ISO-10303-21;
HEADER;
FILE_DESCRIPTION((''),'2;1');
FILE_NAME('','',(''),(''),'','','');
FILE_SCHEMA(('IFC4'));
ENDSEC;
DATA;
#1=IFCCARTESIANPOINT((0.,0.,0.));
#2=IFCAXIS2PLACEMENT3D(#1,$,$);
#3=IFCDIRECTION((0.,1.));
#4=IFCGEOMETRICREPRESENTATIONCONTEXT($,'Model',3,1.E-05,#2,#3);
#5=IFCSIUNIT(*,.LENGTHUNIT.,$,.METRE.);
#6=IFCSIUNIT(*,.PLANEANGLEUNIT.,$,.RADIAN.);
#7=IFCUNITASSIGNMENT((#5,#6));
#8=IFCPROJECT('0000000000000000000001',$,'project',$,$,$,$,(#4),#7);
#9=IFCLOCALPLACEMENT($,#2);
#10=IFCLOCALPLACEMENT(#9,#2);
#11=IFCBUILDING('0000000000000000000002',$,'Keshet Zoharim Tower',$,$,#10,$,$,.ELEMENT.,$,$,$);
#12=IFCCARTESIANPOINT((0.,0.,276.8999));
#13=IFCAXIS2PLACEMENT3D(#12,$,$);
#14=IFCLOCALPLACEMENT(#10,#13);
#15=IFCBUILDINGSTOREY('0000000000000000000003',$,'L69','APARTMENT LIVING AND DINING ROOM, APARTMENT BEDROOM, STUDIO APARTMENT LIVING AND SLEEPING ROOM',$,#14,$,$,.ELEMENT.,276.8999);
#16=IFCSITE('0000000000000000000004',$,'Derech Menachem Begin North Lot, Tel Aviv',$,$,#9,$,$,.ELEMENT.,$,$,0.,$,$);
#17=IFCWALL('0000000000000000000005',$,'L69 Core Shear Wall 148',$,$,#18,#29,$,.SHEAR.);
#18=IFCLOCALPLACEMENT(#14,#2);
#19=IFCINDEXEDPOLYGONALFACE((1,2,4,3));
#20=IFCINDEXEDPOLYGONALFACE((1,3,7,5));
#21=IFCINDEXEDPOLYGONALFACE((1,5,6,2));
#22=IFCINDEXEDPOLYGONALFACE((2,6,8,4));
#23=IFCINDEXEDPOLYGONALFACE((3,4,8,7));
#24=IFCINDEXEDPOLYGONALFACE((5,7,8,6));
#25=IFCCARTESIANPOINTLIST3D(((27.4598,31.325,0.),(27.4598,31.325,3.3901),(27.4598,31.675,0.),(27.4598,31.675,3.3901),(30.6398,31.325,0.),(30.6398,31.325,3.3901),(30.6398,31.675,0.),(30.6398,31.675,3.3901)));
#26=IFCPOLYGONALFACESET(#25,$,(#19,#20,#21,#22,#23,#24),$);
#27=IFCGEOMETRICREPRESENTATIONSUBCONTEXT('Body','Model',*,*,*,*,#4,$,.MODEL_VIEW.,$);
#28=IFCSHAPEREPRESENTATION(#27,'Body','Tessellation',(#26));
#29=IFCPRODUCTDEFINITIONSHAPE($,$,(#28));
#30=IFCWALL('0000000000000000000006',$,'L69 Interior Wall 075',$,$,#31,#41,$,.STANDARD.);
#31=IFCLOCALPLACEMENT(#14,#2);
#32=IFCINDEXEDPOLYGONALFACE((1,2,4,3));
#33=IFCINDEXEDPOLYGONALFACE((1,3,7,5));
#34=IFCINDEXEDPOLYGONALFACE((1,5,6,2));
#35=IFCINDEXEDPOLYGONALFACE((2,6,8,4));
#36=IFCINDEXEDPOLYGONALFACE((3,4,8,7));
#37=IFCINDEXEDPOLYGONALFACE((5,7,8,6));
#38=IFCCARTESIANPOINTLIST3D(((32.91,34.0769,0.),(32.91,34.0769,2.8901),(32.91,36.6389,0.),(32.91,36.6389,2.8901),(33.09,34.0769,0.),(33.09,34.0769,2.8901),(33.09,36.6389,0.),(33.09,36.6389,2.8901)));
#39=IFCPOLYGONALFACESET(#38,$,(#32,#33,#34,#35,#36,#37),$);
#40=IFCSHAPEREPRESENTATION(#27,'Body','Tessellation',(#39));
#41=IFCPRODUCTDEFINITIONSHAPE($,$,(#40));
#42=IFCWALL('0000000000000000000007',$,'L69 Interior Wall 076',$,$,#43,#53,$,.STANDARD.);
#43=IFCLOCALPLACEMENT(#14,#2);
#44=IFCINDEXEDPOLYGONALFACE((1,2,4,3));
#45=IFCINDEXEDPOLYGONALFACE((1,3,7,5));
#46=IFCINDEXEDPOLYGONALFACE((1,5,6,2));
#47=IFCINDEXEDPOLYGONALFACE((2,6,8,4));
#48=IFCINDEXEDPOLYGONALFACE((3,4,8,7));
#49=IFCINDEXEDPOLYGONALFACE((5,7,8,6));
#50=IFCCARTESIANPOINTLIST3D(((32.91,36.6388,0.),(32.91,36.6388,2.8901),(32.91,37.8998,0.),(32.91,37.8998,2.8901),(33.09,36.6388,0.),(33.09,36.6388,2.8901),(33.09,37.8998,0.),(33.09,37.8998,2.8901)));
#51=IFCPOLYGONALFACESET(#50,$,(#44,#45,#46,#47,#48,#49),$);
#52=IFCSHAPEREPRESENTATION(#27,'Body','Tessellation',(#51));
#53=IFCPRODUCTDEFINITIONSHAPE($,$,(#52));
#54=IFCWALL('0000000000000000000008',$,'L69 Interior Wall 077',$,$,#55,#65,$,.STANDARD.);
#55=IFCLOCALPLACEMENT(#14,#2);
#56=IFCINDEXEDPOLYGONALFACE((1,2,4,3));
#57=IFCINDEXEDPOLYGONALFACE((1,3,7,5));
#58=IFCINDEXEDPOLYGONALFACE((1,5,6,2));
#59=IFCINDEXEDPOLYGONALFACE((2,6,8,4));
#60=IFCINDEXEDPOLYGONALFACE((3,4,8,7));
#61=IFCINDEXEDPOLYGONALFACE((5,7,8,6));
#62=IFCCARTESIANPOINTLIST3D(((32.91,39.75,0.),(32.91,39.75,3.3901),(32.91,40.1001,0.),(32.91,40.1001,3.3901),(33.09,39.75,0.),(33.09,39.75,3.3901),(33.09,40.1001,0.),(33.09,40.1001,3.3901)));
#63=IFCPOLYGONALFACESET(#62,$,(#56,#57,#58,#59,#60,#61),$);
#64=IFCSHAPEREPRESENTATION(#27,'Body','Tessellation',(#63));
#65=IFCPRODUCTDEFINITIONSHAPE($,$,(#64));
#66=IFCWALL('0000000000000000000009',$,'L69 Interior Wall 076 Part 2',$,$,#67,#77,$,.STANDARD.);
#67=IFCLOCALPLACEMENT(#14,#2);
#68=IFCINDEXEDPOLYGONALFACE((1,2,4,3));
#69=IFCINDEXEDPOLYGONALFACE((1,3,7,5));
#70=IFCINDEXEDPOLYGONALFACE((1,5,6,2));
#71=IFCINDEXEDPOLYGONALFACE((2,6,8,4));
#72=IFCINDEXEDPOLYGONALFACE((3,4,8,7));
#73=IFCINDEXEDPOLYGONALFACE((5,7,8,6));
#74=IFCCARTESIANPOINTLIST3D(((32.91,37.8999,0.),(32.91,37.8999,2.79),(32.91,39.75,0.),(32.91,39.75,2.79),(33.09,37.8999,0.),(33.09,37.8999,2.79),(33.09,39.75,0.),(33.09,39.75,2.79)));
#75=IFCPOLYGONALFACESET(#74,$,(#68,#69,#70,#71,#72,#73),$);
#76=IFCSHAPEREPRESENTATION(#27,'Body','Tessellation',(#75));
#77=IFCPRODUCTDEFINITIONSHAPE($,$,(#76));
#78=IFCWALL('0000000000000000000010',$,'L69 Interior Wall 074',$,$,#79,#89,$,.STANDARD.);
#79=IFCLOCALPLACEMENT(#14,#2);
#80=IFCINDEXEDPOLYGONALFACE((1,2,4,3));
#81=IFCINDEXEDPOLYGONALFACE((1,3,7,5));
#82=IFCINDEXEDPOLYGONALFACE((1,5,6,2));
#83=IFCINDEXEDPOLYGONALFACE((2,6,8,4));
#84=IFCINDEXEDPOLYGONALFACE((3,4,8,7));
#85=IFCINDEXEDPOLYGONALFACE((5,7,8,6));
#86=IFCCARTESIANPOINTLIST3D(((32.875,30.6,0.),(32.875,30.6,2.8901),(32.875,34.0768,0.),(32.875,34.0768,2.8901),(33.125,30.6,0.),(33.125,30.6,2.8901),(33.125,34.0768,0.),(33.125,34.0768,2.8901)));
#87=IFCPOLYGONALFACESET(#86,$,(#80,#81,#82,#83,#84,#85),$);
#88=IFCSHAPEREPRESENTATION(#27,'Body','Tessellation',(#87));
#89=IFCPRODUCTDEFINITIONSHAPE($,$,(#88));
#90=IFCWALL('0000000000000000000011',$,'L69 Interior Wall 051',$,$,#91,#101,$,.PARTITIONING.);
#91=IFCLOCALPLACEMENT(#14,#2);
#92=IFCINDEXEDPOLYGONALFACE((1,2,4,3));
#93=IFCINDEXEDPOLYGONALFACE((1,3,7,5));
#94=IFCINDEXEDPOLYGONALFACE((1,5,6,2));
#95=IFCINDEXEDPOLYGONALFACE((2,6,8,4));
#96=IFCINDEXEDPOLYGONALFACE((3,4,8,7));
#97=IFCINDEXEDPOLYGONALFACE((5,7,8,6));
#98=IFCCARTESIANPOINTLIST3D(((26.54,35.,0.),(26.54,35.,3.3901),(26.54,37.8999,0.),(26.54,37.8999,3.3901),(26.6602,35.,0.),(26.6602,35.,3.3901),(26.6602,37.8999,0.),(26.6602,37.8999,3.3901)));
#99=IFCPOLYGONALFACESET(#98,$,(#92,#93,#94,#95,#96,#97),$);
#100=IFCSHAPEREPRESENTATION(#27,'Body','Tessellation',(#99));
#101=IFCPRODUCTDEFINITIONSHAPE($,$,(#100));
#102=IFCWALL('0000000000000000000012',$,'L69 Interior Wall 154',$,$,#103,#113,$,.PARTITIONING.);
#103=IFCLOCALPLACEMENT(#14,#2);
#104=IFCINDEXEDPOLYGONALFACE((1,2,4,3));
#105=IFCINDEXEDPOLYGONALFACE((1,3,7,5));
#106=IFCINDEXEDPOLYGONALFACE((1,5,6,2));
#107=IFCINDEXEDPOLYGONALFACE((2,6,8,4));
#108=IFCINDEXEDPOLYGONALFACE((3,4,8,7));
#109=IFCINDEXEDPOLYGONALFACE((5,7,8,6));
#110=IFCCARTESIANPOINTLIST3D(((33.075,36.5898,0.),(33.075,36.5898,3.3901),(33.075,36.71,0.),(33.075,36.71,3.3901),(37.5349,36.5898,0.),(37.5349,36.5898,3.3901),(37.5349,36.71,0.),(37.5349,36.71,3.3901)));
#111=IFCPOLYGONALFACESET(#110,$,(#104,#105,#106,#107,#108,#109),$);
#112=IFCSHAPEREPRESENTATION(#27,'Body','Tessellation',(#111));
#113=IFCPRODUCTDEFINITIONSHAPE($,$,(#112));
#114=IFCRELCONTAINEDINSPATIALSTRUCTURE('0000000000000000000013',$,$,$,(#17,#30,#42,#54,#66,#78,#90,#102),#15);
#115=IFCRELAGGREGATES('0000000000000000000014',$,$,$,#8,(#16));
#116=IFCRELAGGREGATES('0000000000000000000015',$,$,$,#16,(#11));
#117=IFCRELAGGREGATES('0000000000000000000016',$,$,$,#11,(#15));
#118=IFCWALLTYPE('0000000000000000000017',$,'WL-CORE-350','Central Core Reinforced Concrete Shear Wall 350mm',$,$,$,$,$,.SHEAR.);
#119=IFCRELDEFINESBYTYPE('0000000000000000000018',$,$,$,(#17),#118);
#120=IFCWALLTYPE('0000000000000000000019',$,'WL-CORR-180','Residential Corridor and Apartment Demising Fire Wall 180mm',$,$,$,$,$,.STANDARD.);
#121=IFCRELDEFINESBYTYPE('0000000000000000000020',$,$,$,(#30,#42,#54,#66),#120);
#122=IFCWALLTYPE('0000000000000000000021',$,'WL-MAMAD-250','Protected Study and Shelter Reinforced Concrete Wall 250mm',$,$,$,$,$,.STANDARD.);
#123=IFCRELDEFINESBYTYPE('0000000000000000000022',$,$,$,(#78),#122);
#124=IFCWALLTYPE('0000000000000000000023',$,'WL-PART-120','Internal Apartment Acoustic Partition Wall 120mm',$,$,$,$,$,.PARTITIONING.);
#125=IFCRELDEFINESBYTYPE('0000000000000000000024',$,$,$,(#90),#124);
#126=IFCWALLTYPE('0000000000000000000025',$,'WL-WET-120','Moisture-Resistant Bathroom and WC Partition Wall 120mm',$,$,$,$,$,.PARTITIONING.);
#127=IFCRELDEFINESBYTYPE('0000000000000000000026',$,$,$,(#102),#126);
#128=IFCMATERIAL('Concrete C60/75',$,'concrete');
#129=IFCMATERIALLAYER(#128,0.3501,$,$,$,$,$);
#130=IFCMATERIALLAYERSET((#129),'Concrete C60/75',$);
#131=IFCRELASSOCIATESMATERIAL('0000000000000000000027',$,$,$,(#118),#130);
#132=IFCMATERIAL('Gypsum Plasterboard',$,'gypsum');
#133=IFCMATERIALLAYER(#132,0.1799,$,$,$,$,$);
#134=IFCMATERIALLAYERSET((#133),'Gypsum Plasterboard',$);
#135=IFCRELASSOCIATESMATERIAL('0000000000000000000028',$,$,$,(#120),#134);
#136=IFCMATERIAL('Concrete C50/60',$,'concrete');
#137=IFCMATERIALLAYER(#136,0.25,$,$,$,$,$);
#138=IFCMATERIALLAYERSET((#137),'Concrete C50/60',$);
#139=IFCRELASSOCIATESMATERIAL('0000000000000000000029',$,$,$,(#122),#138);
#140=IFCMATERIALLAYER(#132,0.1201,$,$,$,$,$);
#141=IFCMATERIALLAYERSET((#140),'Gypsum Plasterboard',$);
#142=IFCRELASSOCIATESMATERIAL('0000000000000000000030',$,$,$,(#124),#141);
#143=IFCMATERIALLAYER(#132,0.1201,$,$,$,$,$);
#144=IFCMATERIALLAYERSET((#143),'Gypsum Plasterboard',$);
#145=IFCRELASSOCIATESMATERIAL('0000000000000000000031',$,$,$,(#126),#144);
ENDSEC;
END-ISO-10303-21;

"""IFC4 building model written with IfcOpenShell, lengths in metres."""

from ifc_helpers import new_model, si_unit, direction, frame, frame_2d, origin, place, context, subcontext, project, spatial, rectangle, extrude, material, layer, layer_set, type_object, element, save


model = new_model("IFC4")

# Units and contexts
model_context = context("Model", 3, precision=1e-05, world=origin(), true_north=direction((0.0, 1.0)))
body_context = subcontext(model_context, "Body", "Model", "MODEL_VIEW")
ifc_project = project(units=[si_unit("LENGTHUNIT", "METRE"), si_unit("PLANEANGLEUNIT", "RADIAN")], contexts=[model_context])

# Site, building, storey
site_placement = place(None, origin())
site = spatial("IfcSite", under=ifc_project, at=site_placement, Name="Derech Menachem Begin North Lot, Tel Aviv", CompositionType="ELEMENT", RefElevation=0.0)
building_placement = place(site_placement, origin())
building = spatial("IfcBuilding", under=site, at=building_placement, Name="Keshet Zoharim Tower", CompositionType="ELEMENT")
storey_placement = place(building_placement, frame((0.0, 0.0, 276.8999)))
storey = spatial("IfcBuildingStorey", under=building, at=storey_placement, Name="L69", Description="APARTMENT LIVING AND DINING ROOM, APARTMENT BEDROOM, STUDIO APARTMENT LIVING AND SLEEPING ROOM", CompositionType="ELEMENT", Elevation=276.8999)

# Shared definitions
ifc_material_1 = material(Name="Concrete C50/60", Category="concrete")

# Shared definitions
ifc_material_2 = material(Name="Gypsum Plasterboard", Category="gypsum")
ifc_material_3 = material(Name="Concrete C60/75", Category="concrete")
ifc_layer_1 = layer(ifc_material_3, 0.3501)
ifc_layer_set_1 = layer_set([ifc_layer_1], Name="Concrete C60/75")
wall_type_1 = type_object("IfcWallType", Name="WL-CORE-350", Description="Central Core Reinforced Concrete Shear Wall 350mm", PredefinedType="SHEAR", material=ifc_layer_set_1)

# Wall
wall_1_placement = place(storey_placement, frame((27.46, 31.5, 0.0), z_axis=(0.0, 0.0, 1.0), x_axis=(1.0, 0.0, 0.0)))
element("IfcWall", 1, at=wall_1_placement, inside=storey, type_object=wall_type_1, Name="L69 Core Shear Wall 148", PredefinedType="SHEAR", context=body_context, shape_type="SweptSolid", body=[
    extrude(rectangle(XDim=3.1799, YDim=0.3501, at=frame_2d((1.5898, 0.0))), origin(), (0.0, 0.0, 1.0), 3.3901),
])

# Walls
ifc_layer_2 = layer(ifc_material_2, 0.1799)
ifc_layer_set_2 = layer_set([ifc_layer_2], Name="Gypsum Plasterboard")
wall_type_2 = type_object("IfcWallType", Name="WL-CORR-180", Description="Residential Corridor and Apartment Demising Fire Wall 180mm", PredefinedType="STANDARD", material=ifc_layer_set_2)
wall_2_placement = place(storey_placement, frame((33.0, 34.0769, 0.0), z_axis=(0.0, 0.0, 1.0), x_axis=(0.0, 1.0, 0.0)))
element("IfcWall", 2, at=wall_2_placement, inside=storey, type_object=wall_type_2, Name="L69 Interior Wall 075", PredefinedType="STANDARD", context=body_context, shape_type="SweptSolid", body=[
    extrude(rectangle(XDim=2.562, YDim=0.1799, at=frame_2d((1.281, 0.0))), origin(), (0.0, 0.0, 1.0), 2.8901),
])
wall_3_placement = place(storey_placement, frame((33.0, 36.6389, 0.0), z_axis=(0.0, 0.0, 1.0), x_axis=(0.0, 1.0, 0.0)))
element("IfcWall", 3, at=wall_3_placement, inside=storey, type_object=wall_type_2, Name="L69 Interior Wall 076", PredefinedType="STANDARD", context=body_context, shape_type="SweptSolid", body=[
    extrude(rectangle(XDim=1.261, YDim=0.1799, at=frame_2d((0.6304, 0.0))), origin(), (0.0, 0.0, 1.0), 2.8901),
])
wall_4_placement = place(storey_placement, frame((33.0, 39.75, 0.0), z_axis=(0.0, 0.0, 1.0), x_axis=(0.0, 1.0, 0.0)))
element("IfcWall", 4, at=wall_4_placement, inside=storey, type_object=wall_type_2, Name="L69 Interior Wall 077", PredefinedType="STANDARD", context=body_context, shape_type="SweptSolid", body=[
    extrude(rectangle(XDim=0.3501, YDim=0.1799, at=frame_2d((0.175, 0.0))), origin(), (0.0, 0.0, 1.0), 3.3901),
])

# Walls
wall_5_placement = place(storey_placement, frame((33.0, 37.8999, 0.0), z_axis=(0.0, 0.0, 1.0), x_axis=(0.0, 1.0, 0.0)))
element("IfcWall", 5, at=wall_5_placement, inside=storey, type_object=wall_type_2, Name="L69 Interior Wall 076 Part 2", PredefinedType="STANDARD", context=body_context, shape_type="SweptSolid", body=[
    extrude(rectangle(XDim=1.8501, YDim=0.1799, at=frame_2d((0.925, 0.0))), origin(), (0.0, 0.0, 1.0), 2.79),
])
ifc_layer_3 = layer(ifc_material_1, 0.25)
ifc_layer_set_3 = layer_set([ifc_layer_3], Name="Concrete C50/60")
wall_type_3 = type_object("IfcWallType", Name="WL-MAMAD-250", Description="Protected Study and Shelter Reinforced Concrete Wall 250mm", PredefinedType="STANDARD", material=ifc_layer_set_3)
wall_6_placement = place(storey_placement, frame((33.0, 30.6001, 0.0), z_axis=(0.0, 0.0, 1.0), x_axis=(0.0, 1.0, 0.0)))
element("IfcWall", 6, at=wall_6_placement, inside=storey, type_object=wall_type_3, Name="L69 Interior Wall 074", PredefinedType="STANDARD", context=body_context, shape_type="SweptSolid", body=[
    extrude(rectangle(XDim=3.4768, YDim=0.25, at=frame_2d((1.7383, 0.0))), origin(), (0.0, 0.0, 1.0), 2.8901),
])
ifc_layer_4 = layer(ifc_material_2, 0.1201)
ifc_layer_set_4 = layer_set([ifc_layer_4], Name="Gypsum Plasterboard")
wall_type_4 = type_object("IfcWallType", Name="WL-PART-120", Description="Internal Apartment Acoustic Partition Wall 120mm", PredefinedType="PARTITIONING", material=ifc_layer_set_4)
wall_7_placement = place(storey_placement, frame((26.6001, 35.0, 0.0), z_axis=(0.0, 0.0, 1.0), x_axis=(0.0, 1.0, 0.0)))
element("IfcWall", 7, at=wall_7_placement, inside=storey, type_object=wall_type_4, Name="L69 Interior Wall 051", PredefinedType="PARTITIONING", context=body_context, shape_type="SweptSolid", body=[
    extrude(rectangle(XDim=2.8999, YDim=0.1201, at=frame_2d((1.45, 0.0))), origin(), (0.0, 0.0, 1.0), 3.3901),
])
ifc_layer_5 = layer(ifc_material_2, 0.1201)
ifc_layer_set_5 = layer_set([ifc_layer_5], Name="Gypsum Plasterboard")
wall_type_5 = type_object("IfcWallType", Name="WL-WET-120", Description="Moisture-Resistant Bathroom and WC Partition Wall 120mm", PredefinedType="PARTITIONING", material=ifc_layer_set_5)
wall_8_placement = place(storey_placement, frame((33.075, 36.6499, 0.0), z_axis=(0.0, 0.0, 1.0), x_axis=(1.0, 0.0, 0.0)))
element("IfcWall", 8, at=wall_8_placement, inside=storey, type_object=wall_type_5, Name="L69 Interior Wall 154", PredefinedType="PARTITIONING", context=body_context, shape_type="SweptSolid", body=[
    extrude(rectangle(XDim=4.46, YDim=0.1201, at=frame_2d((2.23, 0.0))), origin(), (0.0, 0.0, 1.0), 3.3901),
])

save(model, "model.ifc")
